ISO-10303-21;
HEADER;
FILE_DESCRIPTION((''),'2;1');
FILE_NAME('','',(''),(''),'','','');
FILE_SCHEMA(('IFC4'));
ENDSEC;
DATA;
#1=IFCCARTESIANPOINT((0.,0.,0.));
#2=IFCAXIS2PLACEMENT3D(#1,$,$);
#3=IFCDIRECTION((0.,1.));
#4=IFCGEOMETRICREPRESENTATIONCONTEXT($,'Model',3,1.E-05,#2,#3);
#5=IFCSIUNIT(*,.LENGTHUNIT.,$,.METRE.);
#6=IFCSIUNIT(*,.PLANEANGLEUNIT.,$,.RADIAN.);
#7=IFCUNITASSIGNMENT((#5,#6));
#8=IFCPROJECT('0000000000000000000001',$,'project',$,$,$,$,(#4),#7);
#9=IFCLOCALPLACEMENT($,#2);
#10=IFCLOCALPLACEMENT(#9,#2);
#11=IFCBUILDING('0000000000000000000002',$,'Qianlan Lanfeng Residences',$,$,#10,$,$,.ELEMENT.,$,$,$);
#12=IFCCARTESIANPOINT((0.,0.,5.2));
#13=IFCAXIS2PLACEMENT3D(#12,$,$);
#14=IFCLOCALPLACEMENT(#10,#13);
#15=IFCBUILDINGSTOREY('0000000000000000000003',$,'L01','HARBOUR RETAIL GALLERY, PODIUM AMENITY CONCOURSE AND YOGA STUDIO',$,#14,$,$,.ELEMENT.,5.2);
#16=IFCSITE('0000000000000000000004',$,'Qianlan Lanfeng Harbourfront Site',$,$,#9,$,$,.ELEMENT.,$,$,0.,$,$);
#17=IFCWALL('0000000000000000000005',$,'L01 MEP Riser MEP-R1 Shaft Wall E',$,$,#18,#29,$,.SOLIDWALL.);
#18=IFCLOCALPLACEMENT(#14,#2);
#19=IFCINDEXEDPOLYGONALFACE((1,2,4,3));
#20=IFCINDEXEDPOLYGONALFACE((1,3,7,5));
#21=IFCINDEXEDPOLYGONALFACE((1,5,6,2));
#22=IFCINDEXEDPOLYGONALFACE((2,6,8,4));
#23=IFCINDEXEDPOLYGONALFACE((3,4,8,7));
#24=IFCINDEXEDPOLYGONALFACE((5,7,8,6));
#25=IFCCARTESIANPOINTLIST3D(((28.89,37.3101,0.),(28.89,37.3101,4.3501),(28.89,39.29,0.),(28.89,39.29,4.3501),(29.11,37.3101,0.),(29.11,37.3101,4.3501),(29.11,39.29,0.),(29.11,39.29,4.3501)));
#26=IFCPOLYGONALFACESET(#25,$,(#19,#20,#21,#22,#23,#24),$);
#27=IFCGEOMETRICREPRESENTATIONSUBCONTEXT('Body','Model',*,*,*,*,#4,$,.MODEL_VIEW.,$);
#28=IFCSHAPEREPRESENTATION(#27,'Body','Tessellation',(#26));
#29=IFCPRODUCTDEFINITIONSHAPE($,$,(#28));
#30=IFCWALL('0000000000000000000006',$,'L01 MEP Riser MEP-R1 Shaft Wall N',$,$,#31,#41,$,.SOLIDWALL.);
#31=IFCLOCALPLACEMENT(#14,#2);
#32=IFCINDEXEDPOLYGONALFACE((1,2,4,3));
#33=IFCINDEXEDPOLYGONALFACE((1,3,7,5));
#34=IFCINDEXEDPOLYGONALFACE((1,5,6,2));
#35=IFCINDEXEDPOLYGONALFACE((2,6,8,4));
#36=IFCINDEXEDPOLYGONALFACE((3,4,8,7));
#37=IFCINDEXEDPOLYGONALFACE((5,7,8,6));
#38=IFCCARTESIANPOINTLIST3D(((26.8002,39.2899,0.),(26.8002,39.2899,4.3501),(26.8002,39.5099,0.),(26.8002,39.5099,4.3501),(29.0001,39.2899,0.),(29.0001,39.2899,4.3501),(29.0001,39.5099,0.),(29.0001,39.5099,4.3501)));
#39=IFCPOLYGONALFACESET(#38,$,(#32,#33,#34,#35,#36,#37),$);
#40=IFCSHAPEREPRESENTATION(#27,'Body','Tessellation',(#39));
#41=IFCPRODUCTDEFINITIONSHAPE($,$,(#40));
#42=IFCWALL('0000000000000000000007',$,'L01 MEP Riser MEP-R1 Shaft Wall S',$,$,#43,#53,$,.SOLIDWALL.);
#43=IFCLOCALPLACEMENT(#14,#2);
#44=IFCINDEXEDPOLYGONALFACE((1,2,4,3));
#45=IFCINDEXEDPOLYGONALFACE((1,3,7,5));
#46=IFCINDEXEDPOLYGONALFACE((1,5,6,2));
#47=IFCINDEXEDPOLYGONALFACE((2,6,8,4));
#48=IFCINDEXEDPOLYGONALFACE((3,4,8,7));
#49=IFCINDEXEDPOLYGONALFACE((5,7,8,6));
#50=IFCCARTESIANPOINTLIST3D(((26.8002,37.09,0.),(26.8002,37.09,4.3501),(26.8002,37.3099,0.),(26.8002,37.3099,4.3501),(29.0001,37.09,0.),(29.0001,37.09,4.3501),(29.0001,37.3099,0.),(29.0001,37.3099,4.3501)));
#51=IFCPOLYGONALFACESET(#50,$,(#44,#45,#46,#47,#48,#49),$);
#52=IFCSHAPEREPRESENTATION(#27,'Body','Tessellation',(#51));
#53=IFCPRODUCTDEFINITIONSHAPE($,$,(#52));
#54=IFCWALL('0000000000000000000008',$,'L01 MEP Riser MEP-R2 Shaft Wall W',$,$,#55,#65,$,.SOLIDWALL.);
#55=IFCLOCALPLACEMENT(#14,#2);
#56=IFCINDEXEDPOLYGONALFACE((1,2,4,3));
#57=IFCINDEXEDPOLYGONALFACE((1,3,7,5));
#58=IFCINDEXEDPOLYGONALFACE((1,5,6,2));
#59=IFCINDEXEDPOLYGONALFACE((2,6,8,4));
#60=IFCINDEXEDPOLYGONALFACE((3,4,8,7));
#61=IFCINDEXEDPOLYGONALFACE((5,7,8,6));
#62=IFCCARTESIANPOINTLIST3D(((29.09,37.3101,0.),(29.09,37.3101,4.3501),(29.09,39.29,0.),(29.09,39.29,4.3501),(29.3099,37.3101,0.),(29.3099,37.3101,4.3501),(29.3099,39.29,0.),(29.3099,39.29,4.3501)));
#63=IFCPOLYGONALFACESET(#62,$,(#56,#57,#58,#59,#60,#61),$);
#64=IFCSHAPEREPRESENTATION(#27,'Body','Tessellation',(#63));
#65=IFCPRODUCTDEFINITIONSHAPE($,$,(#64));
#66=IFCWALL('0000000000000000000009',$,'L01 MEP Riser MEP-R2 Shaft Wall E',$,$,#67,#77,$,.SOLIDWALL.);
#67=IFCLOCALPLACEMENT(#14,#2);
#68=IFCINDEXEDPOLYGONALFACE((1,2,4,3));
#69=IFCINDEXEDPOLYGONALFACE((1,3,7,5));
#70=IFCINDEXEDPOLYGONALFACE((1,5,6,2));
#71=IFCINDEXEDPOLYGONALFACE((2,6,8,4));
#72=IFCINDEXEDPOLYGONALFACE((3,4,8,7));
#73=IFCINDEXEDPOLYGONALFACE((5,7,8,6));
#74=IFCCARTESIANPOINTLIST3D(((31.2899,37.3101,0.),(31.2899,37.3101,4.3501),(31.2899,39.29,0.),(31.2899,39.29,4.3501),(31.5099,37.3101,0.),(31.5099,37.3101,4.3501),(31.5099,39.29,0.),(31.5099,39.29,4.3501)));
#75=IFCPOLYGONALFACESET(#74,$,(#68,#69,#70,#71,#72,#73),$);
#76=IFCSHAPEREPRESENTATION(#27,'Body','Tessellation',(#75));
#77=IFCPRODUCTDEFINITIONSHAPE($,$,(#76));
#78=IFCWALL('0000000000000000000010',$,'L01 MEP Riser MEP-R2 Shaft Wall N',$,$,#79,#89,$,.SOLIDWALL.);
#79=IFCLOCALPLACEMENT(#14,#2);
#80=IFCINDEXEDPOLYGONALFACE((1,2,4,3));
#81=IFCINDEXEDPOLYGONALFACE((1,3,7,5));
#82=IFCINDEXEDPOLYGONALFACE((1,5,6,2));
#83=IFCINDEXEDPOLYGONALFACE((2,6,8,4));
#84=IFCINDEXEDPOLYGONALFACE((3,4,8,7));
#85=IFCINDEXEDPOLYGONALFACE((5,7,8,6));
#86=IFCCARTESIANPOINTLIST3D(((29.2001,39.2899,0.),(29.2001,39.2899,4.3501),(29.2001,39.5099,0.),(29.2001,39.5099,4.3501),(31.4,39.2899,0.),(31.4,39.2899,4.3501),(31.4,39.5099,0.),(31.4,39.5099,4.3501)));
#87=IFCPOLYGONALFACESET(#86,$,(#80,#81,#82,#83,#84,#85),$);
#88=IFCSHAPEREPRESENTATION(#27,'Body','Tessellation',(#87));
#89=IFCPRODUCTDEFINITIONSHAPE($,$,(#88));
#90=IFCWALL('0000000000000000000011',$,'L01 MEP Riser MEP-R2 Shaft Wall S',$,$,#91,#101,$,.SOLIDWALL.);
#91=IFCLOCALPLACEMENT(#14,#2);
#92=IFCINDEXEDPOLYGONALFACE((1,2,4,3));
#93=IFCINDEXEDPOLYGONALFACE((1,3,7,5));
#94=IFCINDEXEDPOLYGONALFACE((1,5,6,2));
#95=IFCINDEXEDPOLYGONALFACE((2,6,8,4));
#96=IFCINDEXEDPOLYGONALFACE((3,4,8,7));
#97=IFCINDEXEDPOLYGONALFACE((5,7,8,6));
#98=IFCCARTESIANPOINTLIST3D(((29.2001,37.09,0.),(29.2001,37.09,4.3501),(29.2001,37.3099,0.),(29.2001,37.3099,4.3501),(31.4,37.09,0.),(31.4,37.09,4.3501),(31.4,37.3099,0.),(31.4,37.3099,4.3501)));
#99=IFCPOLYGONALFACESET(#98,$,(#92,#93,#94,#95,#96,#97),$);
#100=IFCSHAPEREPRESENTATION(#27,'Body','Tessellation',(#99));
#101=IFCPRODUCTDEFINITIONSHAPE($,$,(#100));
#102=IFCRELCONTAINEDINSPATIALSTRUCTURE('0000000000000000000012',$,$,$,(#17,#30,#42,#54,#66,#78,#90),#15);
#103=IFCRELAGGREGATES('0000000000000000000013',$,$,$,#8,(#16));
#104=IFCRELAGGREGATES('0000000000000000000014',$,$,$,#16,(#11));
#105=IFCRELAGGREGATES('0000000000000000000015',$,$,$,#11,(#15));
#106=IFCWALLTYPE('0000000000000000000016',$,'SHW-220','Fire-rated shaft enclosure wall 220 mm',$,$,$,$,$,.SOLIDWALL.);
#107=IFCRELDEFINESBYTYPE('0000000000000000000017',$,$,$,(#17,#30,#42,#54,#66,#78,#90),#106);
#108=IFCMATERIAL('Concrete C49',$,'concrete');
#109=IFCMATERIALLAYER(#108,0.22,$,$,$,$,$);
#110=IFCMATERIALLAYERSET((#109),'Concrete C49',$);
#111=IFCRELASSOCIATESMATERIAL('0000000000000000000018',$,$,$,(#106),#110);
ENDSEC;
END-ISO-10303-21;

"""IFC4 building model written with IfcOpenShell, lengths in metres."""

from ifc_helpers import new_model, si_unit, direction, frame, frame_2d, origin, place, context, subcontext, project, spatial, rectangle, extrude, material, layer, layer_set, type_object, element, save


model = new_model("IFC4")

# Units and contexts
model_context = context("Model", 3, precision=1e-05, world=origin(), true_north=direction((0.0, 1.0)))
body_context = subcontext(model_context, "Body", "Model", "MODEL_VIEW")
ifc_project = project(units=[si_unit("LENGTHUNIT", "METRE"), si_unit("PLANEANGLEUNIT", "RADIAN")], contexts=[model_context])

# Site, building, storey
site_placement = place(None, origin())
site = spatial("IfcSite", under=ifc_project, at=site_placement, Name="Qianlan Lanfeng Harbourfront Site", CompositionType="ELEMENT", RefElevation=0.0)
building_placement = place(site_placement, origin())
building = spatial("IfcBuilding", under=site, at=building_placement, Name="Qianlan Lanfeng Residences", CompositionType="ELEMENT")
storey_placement = place(building_placement, frame((0.0, 0.0, 5.2)))
storey = spatial("IfcBuildingStorey", under=building, at=storey_placement, Name="L01", Description="HARBOUR RETAIL GALLERY, PODIUM AMENITY CONCOURSE AND YOGA STUDIO", CompositionType="ELEMENT", Elevation=5.2)

# Walls
ifc_material_1 = material(Name="Concrete C49", Category="concrete")
ifc_layer = layer(ifc_material_1, 0.22)
ifc_layer_set = layer_set([ifc_layer], Name="Concrete C49")
wall_type = type_object("IfcWallType", Name="SHW-220", Description="Fire-rated shaft enclosure wall 220 mm", PredefinedType="SOLIDWALL", material=ifc_layer_set)
for number, where, z_axis, x_axis, name in (
    (1, (29.0, 37.3101, 0.0), (0.0, 0.0, 1.0), (0.0, 1.0, 0.0), "L01 MEP Riser MEP-R1 Shaft Wall E"),
):
    element("IfcWall", number, at=place(storey_placement, frame(where, z_axis=z_axis, x_axis=x_axis)), inside=storey, type_object=wall_type, Name=name, PredefinedType="SOLIDWALL", context=body_context, shape_type="SweptSolid", body=[
        extrude(rectangle(XDim=1.98, YDim=0.22, at=frame_2d((0.99, 0.0))), origin(), (0.0, 0.0, 1.0), 4.3501),
    ])
for number, where, z_axis, x_axis, name in (
    (2, (26.8, 39.3999, 0.0), (0.0, 0.0, 1.0), (1.0, 0.0, 0.0), "L01 MEP Riser MEP-R1 Shaft Wall N"),
    (3, (26.8, 37.2, 0.0), (0.0, 0.0, 1.0), (1.0, 0.0, 0.0), "L01 MEP Riser MEP-R1 Shaft Wall S"),
):
    element("IfcWall", number, at=place(storey_placement, frame(where, z_axis=z_axis, x_axis=x_axis)), inside=storey, type_object=wall_type, Name=name, PredefinedType="SOLIDWALL", context=body_context, shape_type="SweptSolid", body=[
        extrude(rectangle(XDim=2.2, YDim=0.22, at=frame_2d((1.1001, 0.0))), origin(), (0.0, 0.0, 1.0), 4.3501),
    ])
for number, where, z_axis, x_axis, name in (
    (4, (29.2, 37.3101, 0.0), (0.0, 0.0, 1.0), (0.0, 1.0, 0.0), "L01 MEP Riser MEP-R2 Shaft Wall W"),
    (5, (31.3999, 37.3101, 0.0), (0.0, 0.0, 1.0), (0.0, 1.0, 0.0), "L01 MEP Riser MEP-R2 Shaft Wall E"),
):
    element("IfcWall", number, at=place(storey_placement, frame(where, z_axis=z_axis, x_axis=x_axis)), inside=storey, type_object=wall_type, Name=name, PredefinedType="SOLIDWALL", context=body_context, shape_type="SweptSolid", body=[
        extrude(rectangle(XDim=1.98, YDim=0.22, at=frame_2d((0.99, 0.0))), origin(), (0.0, 0.0, 1.0), 4.3501),
    ])
for number, where, z_axis, x_axis, name in (
    (6, (29.2, 39.3999, 0.0), (0.0, 0.0, 1.0), (1.0, 0.0, 0.0), "L01 MEP Riser MEP-R2 Shaft Wall N"),
    (7, (29.2, 37.2, 0.0), (0.0, 0.0, 1.0), (1.0, 0.0, 0.0), "L01 MEP Riser MEP-R2 Shaft Wall S"),
):
    element("IfcWall", number, at=place(storey_placement, frame(where, z_axis=z_axis, x_axis=x_axis)), inside=storey, type_object=wall_type, Name=name, PredefinedType="SOLIDWALL", context=body_context, shape_type="SweptSolid", body=[
        extrude(rectangle(XDim=2.2, YDim=0.22, at=frame_2d((1.1001, 0.0))), origin(), (0.0, 0.0, 1.0), 4.3501),
    ])

save(model, "model.ifc")
